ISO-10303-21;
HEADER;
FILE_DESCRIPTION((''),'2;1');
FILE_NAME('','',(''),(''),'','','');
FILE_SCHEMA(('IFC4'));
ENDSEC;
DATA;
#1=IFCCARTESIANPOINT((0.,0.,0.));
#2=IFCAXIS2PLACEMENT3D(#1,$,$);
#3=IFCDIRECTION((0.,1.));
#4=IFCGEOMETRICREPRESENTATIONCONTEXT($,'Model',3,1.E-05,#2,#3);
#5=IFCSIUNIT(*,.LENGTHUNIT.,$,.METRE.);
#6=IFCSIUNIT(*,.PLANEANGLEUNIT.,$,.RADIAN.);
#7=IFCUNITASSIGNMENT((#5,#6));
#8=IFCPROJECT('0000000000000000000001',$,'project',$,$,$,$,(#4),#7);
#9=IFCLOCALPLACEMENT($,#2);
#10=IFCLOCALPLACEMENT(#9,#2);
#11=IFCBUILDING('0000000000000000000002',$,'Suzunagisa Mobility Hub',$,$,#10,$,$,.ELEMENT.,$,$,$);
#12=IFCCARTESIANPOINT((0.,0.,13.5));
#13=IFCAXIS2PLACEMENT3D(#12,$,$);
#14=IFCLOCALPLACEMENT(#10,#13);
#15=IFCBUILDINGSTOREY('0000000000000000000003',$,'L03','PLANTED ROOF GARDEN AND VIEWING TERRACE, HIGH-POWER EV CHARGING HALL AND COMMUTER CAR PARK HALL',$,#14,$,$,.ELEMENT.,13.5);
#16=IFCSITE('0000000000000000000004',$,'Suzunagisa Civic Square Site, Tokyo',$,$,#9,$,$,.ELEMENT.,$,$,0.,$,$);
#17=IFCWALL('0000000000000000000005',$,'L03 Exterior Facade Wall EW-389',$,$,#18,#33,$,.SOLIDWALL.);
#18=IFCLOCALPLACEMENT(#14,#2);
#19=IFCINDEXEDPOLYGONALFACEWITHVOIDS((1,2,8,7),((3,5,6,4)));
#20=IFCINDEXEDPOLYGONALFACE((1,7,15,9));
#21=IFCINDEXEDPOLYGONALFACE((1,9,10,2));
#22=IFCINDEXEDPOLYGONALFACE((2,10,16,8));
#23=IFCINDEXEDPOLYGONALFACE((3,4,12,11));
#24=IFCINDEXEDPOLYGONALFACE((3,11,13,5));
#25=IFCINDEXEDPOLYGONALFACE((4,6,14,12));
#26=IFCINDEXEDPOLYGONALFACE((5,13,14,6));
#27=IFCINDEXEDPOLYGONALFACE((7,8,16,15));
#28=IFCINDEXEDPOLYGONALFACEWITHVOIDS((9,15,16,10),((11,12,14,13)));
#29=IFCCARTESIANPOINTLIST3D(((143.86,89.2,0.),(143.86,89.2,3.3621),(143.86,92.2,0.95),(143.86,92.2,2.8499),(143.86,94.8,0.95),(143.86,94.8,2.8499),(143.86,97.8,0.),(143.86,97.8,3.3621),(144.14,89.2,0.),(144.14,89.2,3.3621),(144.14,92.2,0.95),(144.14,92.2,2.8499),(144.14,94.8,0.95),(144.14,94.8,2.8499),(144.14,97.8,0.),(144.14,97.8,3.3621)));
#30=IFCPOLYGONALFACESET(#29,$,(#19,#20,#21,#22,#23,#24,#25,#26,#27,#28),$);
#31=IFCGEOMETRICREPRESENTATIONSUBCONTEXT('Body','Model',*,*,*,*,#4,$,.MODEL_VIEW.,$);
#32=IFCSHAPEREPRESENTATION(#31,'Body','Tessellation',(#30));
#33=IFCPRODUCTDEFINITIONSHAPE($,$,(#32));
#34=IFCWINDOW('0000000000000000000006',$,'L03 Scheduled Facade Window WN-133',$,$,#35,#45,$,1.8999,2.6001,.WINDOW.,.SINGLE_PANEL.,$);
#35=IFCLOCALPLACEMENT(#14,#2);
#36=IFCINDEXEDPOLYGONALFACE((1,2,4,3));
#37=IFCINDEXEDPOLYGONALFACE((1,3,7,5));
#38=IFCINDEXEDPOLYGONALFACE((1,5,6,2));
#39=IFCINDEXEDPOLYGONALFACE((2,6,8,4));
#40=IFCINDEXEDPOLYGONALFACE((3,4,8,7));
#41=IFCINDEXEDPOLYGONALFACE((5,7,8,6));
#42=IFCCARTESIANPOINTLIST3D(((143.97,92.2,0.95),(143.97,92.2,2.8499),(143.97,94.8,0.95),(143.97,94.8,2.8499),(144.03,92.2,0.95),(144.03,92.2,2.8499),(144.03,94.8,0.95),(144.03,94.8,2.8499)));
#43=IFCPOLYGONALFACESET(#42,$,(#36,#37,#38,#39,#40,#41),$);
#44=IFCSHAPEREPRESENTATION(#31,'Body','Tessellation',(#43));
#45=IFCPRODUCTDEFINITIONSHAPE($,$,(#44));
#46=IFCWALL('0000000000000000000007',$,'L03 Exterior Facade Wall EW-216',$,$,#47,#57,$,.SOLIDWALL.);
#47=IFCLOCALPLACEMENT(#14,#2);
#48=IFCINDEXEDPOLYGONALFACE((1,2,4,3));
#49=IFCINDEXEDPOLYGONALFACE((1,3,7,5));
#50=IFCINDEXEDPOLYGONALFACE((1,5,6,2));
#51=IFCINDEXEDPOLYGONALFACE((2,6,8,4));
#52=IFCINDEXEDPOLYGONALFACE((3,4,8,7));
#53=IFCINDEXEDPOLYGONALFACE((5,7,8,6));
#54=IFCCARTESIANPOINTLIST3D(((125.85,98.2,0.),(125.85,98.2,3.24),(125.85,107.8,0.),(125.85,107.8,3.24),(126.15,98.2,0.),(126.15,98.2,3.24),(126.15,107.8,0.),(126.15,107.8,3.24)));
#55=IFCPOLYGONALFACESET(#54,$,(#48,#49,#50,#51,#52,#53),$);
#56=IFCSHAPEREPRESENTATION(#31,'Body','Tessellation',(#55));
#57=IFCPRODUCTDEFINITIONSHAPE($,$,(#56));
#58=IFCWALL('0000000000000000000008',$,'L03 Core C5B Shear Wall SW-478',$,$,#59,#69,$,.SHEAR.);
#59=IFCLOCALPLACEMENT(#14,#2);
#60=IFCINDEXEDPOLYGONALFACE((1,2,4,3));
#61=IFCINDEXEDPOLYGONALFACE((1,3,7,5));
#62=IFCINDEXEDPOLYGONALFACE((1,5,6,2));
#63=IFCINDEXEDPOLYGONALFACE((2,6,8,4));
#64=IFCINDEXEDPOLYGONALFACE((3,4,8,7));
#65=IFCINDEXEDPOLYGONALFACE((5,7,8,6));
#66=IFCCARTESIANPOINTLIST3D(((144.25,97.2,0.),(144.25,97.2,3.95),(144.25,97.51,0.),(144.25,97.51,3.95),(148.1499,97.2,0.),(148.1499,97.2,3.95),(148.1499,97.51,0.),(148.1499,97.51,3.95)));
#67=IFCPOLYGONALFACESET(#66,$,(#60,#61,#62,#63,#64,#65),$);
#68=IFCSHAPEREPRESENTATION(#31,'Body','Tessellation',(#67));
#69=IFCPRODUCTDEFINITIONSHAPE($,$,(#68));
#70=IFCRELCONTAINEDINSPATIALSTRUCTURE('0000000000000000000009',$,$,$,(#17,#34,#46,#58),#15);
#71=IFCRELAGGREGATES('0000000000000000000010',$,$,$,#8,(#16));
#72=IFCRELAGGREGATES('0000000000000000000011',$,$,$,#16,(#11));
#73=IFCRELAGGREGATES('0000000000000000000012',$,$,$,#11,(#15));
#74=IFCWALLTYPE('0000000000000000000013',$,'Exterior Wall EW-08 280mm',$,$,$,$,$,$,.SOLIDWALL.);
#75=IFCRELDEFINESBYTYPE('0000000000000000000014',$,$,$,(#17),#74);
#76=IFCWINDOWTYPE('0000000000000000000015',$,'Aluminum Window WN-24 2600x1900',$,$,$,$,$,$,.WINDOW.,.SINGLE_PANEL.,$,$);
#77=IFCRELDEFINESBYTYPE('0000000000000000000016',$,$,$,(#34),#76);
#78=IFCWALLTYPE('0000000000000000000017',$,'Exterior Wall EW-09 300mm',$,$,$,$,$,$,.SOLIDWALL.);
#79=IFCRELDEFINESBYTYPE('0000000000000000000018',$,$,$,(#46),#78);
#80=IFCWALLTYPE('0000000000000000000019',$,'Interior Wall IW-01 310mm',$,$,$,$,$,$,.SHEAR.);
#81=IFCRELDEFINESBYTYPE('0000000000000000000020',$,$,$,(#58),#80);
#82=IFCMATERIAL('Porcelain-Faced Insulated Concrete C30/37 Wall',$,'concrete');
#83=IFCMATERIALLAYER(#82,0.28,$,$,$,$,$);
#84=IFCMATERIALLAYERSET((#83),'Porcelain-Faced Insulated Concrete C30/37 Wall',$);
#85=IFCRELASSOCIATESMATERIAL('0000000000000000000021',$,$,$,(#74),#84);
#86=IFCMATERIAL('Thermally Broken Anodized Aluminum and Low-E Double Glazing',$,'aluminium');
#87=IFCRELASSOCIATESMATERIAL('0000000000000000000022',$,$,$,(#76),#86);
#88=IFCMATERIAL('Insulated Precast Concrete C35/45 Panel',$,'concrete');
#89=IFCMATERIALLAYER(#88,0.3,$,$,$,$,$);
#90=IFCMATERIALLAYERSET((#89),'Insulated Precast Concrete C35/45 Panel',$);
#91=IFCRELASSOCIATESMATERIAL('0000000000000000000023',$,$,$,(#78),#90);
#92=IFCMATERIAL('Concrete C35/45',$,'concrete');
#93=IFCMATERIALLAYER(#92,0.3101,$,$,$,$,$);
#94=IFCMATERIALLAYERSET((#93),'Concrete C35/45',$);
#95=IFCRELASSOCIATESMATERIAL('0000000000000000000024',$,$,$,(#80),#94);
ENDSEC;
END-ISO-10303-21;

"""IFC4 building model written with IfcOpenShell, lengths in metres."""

from ifc_helpers import new_model, si_unit, direction, frame, frame_2d, origin, place, context, subcontext, project, spatial, rectangle, extrude, material, layer, layer_set, type_object, element, fill, save


model = new_model("IFC4")

# Units and contexts
model_context = context("Model", 3, precision=1e-05, world=origin(), true_north=direction((0.0, 1.0)))
body_context = subcontext(model_context, "Body", "Model", "MODEL_VIEW")
ifc_project = project(units=[si_unit("LENGTHUNIT", "METRE"), si_unit("PLANEANGLEUNIT", "RADIAN")], contexts=[model_context])

# Site, building, storey
site_placement = place(None, origin())
site = spatial("IfcSite", under=ifc_project, at=site_placement, Name="Suzunagisa Civic Square Site, Tokyo", CompositionType="ELEMENT", RefElevation=0.0)
building_placement = place(site_placement, origin())
building = spatial("IfcBuilding", under=site, at=building_placement, Name="Suzunagisa Mobility Hub", CompositionType="ELEMENT")
storey_placement = place(building_placement, frame((0.0, 0.0, 13.5)))
storey = spatial("IfcBuildingStorey", under=building, at=storey_placement, Name="L03", Description="PLANTED ROOF GARDEN AND VIEWING TERRACE, HIGH-POWER EV CHARGING HALL AND COMMUTER CAR PARK HALL", CompositionType="ELEMENT", Elevation=13.5)

# Shared definitions
ifc_material_1 = material(Name="Porcelain-Faced Insulated Concrete C30/37 Wall", Category="concrete")
ifc_layer_1 = layer(ifc_material_1, 0.28)
ifc_layer_set_1 = layer_set([ifc_layer_1], Name="Porcelain-Faced Insulated Concrete C30/37 Wall")
wall_type_1 = type_object("IfcWallType", Name="Exterior Wall EW-08 280mm", PredefinedType="SOLIDWALL", material=ifc_layer_set_1)

# Wall, opening, window
wall_1_placement = place(storey_placement, frame((144.0, 97.8, 0.0), z_axis=(0.0, 0.0, 1.0), x_axis=(0.0, -1.0, 0.0)))
wall_1 = element("IfcWall", 1, at=wall_1_placement, inside=storey, type_object=wall_type_1, Name="L03 Exterior Facade Wall EW-389", PredefinedType="SOLIDWALL", context=body_context, shape_type="SweptSolid", body=[
    extrude(rectangle(XDim=8.6001, YDim=0.28, at=frame_2d((4.3, 0.0))), origin(), (0.0, 0.0, 1.0), 3.3621),
])
opening_placement = place(wall_1_placement, frame((3.0, 0.0, 0.95)))
opening = element("IfcOpeningElement", 2, at=opening_placement, cuts=wall_1, PredefinedType="OPENING", context=body_context, shape_type="SweptSolid", body=[
    extrude(rectangle(XDim=2.6001, YDim=1.8999, at=frame_2d((1.3, 0.95))), frame((0.0, 0.1509, 0.0), z_axis=(0.0, -1.0, 0.0), x_axis=(1.0, 0.0, 0.0)), (0.0, 0.0, 1.0), 0.302),
])
ifc_material_2 = material(Name="Thermally Broken Anodized Aluminum and Low-E Double Glazing", Category="aluminium")
window_type = type_object("IfcWindowType", Name="Aluminum Window WN-24 2600x1900", PartitioningType="SINGLE_PANEL", PredefinedType="WINDOW", material=ifc_material_2)
window_placement = place(opening_placement, origin())
window = element("IfcWindow", 3, at=window_placement, inside=storey, type_object=window_type, Name="L03 Scheduled Facade Window WN-133", OverallHeight=1.8999, OverallWidth=2.6001, PartitioningType="SINGLE_PANEL", PredefinedType="WINDOW", context=body_context, shape_type="SweptSolid", body=[
    extrude(rectangle(XDim=2.6001, YDim=1.8999, at=frame_2d((1.3, 0.95))), frame((0.0, 0.03, 0.0), z_axis=(0.0, -1.0, 0.0), x_axis=(1.0, 0.0, 0.0)), (0.0, 0.0, 1.0), 0.0601),
])
fill(opening, window)

# Walls
ifc_material_3 = material(Name="Insulated Precast Concrete C35/45 Panel", Category="concrete")
ifc_layer_2 = layer(ifc_material_3, 0.3)
ifc_layer_set_2 = layer_set([ifc_layer_2], Name="Insulated Precast Concrete C35/45 Panel")
wall_type_2 = type_object("IfcWallType", Name="Exterior Wall EW-09 300mm", PredefinedType="SOLIDWALL", material=ifc_layer_set_2)
wall_2_placement = place(storey_placement, frame((126.0, 98.2, 0.0), z_axis=(0.0, 0.0, 1.0), x_axis=(0.0, 1.0, 0.0)))
element("IfcWall", 4, at=wall_2_placement, inside=storey, type_object=wall_type_2, Name="L03 Exterior Facade Wall EW-216", PredefinedType="SOLIDWALL", context=body_context, shape_type="SweptSolid", body=[
    extrude(rectangle(XDim=9.6001, YDim=0.3, at=frame_2d((4.8, 0.0))), origin(), (0.0, 0.0, 1.0), 3.24),
])
ifc_material_4 = material(Name="Concrete C35/45", Category="concrete")
ifc_layer_3 = layer(ifc_material_4, 0.3101)
ifc_layer_set_3 = layer_set([ifc_layer_3], Name="Concrete C35/45")
wall_type_3 = type_object("IfcWallType", Name="Interior Wall IW-01 310mm", PredefinedType="SHEAR", material=ifc_layer_set_3)
wall_3_placement = place(storey_placement, frame((144.25, 97.355, 0.0), z_axis=(0.0, 0.0, 1.0), x_axis=(1.0, 0.0, 0.0)))
element("IfcWall", 5, at=wall_3_placement, inside=storey, type_object=wall_type_3, Name="L03 Core C5B Shear Wall SW-478", PredefinedType="SHEAR", context=body_context, shape_type="SweptSolid", body=[
    extrude(rectangle(XDim=3.8999, YDim=0.3101, at=frame_2d((1.95, 0.0))), origin(), (0.0, 0.0, 1.0), 3.95),
])

save(model, "model.ifc")
